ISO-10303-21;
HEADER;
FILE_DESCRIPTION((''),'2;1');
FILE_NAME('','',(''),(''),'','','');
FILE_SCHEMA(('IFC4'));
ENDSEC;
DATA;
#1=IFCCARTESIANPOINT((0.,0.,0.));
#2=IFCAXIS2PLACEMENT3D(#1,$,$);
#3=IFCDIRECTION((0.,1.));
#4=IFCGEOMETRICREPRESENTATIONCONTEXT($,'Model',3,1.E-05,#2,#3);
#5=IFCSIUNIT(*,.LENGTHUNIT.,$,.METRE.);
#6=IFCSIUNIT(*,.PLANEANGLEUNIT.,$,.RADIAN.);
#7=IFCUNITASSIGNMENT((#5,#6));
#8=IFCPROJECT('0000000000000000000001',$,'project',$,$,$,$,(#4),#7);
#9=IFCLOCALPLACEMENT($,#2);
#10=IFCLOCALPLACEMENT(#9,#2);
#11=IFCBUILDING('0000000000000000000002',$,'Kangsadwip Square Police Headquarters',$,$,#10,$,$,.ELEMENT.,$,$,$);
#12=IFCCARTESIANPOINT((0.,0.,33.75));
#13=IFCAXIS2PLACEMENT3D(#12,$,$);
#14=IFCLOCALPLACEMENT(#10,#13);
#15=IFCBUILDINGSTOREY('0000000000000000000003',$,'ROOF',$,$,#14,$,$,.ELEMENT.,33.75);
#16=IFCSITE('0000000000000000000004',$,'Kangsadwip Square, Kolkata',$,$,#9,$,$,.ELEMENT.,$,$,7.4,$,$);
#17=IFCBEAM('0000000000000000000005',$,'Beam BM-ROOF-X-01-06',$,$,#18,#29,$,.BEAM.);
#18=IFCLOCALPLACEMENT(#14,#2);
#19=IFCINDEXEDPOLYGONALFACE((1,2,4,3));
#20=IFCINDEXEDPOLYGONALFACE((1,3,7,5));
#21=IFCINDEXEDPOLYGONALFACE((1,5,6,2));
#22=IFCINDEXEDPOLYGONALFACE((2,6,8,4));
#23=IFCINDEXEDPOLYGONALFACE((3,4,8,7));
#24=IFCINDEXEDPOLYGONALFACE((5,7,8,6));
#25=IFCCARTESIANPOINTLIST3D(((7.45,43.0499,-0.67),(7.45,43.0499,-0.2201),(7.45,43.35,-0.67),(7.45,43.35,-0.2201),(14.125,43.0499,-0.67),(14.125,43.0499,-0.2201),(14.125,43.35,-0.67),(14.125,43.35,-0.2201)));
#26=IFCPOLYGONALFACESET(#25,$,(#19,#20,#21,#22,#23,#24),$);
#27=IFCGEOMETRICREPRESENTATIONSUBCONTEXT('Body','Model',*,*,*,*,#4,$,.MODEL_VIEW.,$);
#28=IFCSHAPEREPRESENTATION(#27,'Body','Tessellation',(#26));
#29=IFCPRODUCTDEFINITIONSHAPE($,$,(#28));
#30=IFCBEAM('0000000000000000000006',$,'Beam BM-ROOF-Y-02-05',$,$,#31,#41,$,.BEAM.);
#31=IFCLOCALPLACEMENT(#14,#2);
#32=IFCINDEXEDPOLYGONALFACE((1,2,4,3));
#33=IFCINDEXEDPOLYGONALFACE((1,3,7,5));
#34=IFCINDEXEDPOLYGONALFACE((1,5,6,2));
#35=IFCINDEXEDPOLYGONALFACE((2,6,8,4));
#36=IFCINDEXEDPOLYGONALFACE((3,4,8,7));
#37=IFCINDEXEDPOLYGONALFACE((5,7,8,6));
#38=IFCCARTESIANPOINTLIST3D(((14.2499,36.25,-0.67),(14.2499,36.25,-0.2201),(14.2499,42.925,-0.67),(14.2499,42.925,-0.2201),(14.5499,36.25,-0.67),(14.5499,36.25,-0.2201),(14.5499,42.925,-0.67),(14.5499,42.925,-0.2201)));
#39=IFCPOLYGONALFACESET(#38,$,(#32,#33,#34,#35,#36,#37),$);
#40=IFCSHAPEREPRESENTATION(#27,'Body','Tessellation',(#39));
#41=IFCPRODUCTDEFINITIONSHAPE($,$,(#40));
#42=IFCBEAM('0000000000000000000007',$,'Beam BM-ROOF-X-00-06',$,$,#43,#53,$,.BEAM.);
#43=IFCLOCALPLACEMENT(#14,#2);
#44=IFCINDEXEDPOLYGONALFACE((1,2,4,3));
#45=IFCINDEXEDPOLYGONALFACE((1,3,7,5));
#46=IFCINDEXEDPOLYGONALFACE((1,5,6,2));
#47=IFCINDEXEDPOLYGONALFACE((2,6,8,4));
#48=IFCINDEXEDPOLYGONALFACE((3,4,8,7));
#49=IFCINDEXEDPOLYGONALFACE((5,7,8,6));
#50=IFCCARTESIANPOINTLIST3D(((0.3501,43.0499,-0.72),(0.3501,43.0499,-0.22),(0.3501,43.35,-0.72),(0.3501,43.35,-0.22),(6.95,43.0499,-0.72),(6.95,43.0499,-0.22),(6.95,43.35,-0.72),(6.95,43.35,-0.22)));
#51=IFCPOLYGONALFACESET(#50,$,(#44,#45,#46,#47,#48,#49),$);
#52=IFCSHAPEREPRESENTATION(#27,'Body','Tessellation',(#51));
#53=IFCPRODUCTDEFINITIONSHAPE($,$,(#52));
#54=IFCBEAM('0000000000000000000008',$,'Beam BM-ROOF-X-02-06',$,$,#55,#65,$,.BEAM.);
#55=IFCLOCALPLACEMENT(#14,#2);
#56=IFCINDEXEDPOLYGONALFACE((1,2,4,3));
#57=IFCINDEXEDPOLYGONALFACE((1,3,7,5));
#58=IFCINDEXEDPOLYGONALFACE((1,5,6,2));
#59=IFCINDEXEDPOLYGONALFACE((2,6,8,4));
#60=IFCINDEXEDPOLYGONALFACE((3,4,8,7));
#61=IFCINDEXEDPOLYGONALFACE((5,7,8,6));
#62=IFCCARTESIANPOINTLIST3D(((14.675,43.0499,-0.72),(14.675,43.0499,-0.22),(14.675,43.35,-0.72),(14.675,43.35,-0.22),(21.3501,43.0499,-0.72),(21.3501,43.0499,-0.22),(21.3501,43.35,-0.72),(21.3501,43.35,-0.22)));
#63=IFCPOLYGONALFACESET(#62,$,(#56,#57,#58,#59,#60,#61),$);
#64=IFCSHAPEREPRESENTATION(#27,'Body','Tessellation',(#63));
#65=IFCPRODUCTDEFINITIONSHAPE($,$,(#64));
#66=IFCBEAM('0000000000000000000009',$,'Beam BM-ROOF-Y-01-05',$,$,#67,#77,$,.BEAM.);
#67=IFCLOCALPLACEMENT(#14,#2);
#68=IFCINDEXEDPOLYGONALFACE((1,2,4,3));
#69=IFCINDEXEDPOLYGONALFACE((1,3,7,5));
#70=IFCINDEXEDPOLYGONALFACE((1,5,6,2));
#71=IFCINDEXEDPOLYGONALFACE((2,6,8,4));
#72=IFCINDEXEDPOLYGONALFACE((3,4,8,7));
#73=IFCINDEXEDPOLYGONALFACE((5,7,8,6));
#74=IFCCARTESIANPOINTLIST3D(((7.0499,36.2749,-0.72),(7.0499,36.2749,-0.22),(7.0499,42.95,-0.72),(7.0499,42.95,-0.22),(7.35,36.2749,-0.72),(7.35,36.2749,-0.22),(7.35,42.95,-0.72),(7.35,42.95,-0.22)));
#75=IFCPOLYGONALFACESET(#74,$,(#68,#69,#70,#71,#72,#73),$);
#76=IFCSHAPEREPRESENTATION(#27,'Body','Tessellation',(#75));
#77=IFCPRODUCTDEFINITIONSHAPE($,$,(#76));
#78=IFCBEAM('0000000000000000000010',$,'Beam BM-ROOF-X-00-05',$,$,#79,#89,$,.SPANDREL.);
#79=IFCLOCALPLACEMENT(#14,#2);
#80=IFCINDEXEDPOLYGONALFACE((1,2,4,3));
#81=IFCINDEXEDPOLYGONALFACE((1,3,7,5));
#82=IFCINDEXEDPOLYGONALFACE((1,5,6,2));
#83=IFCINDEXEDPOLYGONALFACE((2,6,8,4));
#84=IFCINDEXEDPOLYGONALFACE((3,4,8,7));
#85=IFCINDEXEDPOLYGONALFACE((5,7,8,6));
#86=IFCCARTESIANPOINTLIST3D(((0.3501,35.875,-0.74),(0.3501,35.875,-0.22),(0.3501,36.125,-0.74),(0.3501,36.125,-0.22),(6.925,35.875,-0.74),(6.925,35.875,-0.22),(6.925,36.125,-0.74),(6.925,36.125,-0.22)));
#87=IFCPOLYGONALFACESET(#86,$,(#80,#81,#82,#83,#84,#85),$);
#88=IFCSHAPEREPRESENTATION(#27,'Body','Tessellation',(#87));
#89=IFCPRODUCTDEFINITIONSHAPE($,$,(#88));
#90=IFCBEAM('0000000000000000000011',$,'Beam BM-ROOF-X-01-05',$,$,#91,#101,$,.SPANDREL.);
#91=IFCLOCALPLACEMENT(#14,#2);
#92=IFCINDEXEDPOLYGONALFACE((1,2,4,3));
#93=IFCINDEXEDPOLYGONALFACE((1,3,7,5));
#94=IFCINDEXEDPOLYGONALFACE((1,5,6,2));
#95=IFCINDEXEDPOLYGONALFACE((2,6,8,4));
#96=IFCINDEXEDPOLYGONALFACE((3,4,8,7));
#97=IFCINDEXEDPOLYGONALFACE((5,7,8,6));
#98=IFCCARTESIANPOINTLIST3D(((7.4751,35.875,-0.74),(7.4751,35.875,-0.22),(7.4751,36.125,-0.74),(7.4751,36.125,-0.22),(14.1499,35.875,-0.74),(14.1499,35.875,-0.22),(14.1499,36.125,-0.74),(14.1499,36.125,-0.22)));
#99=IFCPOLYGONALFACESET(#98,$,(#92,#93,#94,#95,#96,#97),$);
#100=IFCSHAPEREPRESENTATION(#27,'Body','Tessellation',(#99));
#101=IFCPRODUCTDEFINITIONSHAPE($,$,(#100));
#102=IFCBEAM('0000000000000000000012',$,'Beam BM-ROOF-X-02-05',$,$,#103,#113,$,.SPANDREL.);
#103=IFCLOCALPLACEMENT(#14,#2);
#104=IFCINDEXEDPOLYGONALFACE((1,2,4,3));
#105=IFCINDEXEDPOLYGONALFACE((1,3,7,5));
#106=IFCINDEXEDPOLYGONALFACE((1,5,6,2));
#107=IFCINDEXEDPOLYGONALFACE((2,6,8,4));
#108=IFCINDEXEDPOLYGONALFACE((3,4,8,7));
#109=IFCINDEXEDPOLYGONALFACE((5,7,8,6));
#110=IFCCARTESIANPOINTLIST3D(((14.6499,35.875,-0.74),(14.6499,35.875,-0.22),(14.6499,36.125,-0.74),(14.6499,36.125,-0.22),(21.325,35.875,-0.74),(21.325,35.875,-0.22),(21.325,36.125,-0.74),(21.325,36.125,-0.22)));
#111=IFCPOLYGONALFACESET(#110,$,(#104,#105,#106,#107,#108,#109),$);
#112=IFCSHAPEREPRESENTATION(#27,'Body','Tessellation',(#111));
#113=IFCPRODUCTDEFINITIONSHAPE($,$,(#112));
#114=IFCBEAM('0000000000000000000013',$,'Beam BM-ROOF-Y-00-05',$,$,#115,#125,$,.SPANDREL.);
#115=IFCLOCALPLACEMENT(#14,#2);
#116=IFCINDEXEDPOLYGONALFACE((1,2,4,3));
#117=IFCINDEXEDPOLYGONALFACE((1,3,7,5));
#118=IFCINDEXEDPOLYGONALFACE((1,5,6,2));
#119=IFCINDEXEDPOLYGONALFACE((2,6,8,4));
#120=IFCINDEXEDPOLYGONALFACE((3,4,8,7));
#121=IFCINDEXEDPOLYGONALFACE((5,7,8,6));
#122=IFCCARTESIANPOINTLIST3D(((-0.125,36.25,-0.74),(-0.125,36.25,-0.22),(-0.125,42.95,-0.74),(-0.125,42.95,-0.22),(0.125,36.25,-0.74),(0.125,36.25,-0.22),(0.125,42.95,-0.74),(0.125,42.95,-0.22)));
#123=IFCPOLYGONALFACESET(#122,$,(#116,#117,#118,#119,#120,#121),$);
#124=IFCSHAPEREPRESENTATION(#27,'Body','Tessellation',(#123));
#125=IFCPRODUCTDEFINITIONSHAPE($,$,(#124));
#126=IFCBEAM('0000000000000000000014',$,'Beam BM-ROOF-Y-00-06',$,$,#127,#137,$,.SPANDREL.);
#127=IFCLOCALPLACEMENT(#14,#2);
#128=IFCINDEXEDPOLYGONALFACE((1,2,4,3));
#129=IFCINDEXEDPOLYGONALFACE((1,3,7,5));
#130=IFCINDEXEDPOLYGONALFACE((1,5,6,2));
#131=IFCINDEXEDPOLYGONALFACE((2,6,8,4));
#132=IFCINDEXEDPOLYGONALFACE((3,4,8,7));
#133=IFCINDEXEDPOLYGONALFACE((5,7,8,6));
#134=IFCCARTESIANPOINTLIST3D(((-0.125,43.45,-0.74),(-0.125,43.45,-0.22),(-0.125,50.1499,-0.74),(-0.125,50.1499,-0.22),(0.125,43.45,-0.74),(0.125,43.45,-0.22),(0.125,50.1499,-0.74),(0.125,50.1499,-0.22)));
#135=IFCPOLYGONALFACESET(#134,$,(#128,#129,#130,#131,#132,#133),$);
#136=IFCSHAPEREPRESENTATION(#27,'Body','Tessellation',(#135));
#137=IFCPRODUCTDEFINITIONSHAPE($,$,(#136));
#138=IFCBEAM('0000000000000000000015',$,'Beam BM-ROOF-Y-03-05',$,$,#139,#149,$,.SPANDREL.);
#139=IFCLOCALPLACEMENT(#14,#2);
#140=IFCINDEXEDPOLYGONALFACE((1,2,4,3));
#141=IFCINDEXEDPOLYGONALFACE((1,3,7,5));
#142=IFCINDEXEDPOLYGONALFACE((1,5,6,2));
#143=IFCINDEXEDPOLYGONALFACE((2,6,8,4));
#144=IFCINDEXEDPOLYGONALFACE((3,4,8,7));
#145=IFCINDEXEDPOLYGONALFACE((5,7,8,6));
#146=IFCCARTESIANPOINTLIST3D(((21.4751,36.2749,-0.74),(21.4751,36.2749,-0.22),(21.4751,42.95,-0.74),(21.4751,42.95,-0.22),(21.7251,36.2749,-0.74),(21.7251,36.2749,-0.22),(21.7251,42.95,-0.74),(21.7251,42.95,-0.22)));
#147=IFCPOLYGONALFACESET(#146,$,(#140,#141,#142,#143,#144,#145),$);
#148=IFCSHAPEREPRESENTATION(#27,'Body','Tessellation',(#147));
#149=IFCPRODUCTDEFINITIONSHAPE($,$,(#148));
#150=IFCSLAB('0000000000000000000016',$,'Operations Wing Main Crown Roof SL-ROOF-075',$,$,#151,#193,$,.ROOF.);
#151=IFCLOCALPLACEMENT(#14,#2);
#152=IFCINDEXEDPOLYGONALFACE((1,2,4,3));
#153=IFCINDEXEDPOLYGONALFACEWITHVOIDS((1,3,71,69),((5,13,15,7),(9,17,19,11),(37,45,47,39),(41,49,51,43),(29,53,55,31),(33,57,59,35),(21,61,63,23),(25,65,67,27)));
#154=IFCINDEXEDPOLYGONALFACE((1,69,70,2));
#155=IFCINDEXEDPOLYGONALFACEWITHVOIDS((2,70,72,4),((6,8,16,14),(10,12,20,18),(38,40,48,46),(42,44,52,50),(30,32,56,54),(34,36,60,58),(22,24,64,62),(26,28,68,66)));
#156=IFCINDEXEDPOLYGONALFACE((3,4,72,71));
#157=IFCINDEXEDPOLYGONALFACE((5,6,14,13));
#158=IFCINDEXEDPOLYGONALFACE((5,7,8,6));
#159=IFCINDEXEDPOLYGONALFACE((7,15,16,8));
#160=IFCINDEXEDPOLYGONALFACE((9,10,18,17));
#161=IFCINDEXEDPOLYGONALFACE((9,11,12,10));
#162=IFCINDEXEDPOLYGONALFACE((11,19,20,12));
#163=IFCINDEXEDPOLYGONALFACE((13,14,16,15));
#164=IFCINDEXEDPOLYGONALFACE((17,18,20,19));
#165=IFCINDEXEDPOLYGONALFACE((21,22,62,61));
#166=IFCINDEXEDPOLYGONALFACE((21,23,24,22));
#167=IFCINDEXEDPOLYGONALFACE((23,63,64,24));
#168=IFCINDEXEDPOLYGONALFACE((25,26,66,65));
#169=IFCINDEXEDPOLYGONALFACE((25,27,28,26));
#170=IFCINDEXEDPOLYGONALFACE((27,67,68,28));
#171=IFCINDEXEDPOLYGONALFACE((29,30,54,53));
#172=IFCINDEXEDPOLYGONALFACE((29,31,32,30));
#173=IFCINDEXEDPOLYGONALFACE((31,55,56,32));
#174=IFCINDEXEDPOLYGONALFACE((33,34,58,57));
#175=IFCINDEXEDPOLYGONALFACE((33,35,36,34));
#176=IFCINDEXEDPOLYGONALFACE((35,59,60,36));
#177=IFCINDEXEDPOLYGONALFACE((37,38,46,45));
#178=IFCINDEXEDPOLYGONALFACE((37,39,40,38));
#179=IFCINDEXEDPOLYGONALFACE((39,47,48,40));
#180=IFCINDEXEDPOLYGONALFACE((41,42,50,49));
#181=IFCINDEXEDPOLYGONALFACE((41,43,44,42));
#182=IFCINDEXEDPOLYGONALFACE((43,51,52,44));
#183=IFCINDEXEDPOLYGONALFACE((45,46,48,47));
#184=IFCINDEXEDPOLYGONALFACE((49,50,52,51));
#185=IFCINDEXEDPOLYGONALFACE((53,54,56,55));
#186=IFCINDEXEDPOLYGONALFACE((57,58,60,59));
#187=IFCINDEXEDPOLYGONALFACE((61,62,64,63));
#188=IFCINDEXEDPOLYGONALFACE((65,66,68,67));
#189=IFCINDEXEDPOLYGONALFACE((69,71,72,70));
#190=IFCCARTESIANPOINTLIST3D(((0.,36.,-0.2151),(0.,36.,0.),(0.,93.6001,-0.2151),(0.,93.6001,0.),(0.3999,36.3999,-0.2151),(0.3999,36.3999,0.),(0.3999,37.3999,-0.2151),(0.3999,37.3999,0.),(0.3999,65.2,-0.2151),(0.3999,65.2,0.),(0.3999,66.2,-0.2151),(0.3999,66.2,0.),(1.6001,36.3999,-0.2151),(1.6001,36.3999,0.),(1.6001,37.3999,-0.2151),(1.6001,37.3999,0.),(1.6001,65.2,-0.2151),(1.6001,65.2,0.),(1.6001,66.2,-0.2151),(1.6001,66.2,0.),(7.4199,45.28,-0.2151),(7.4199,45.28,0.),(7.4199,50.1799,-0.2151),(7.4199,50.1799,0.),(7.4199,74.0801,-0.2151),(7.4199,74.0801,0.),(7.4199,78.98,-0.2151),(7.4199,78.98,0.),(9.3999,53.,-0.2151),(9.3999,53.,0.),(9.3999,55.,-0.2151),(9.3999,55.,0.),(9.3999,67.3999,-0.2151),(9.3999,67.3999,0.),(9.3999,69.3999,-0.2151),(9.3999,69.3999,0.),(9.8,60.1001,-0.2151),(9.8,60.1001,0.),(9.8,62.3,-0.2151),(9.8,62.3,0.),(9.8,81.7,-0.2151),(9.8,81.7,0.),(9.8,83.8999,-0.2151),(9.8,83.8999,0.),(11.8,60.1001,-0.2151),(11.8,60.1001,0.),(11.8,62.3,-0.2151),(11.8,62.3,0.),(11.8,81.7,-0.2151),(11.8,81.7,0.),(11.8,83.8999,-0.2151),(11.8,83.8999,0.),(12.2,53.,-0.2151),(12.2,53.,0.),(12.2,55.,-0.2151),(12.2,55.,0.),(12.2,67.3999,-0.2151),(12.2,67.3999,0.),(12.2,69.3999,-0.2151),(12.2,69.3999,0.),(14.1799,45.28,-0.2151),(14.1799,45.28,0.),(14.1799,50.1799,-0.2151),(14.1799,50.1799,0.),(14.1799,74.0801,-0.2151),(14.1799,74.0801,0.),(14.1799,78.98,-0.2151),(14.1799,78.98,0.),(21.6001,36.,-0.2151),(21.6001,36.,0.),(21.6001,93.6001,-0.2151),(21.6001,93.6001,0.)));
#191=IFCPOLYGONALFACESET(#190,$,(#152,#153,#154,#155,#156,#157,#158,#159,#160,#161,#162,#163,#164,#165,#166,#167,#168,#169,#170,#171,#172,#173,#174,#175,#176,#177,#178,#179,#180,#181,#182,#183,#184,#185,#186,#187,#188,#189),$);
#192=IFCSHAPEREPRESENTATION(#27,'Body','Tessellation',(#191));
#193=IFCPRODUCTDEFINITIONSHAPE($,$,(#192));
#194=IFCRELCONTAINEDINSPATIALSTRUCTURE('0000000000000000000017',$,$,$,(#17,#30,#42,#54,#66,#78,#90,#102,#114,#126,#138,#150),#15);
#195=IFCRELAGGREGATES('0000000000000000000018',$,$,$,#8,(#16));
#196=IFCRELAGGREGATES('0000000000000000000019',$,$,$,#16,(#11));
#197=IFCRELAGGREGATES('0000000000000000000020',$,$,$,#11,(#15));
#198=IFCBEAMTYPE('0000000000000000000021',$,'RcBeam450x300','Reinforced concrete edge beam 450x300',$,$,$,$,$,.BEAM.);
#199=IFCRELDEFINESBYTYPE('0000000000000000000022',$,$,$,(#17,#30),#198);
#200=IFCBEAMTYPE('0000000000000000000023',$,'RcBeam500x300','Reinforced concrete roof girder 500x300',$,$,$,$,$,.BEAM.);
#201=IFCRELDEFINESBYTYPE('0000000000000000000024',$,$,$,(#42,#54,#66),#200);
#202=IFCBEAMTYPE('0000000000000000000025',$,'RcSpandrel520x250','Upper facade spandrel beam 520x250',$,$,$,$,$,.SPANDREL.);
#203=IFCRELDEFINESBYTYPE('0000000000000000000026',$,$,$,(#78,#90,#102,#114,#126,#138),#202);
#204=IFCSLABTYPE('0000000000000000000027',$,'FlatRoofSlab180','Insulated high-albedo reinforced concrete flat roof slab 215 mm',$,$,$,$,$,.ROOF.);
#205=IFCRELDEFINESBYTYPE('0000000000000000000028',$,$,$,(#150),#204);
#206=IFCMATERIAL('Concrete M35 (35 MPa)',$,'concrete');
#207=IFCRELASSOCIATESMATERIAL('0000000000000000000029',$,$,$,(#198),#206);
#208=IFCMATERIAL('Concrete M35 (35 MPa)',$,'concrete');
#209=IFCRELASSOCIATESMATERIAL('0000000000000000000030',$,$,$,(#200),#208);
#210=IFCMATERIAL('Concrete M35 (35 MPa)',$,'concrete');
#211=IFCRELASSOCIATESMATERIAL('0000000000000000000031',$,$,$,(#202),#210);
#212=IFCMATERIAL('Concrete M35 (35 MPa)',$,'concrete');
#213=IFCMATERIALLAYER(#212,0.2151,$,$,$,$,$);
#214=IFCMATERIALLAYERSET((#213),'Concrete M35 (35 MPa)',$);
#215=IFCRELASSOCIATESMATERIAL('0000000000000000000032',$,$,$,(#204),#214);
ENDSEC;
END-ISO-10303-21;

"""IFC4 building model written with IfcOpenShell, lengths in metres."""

from ifc_helpers import new_model, si_unit, direction, frame, origin, origin_2d, place, context, subcontext, project, spatial, polyline, rectangle, outline, extrude, material, layer, layer_set, material_profile, profile_set, type_object, element, save


model = new_model("IFC4")

# Units and contexts
model_context = context("Model", 3, precision=1e-05, world=origin(), true_north=direction((0.0, 1.0)))
body_context = subcontext(model_context, "Body", "Model", "MODEL_VIEW")
ifc_project = project(units=[si_unit("LENGTHUNIT", "METRE"), si_unit("PLANEANGLEUNIT", "RADIAN")], contexts=[model_context])

# Site, building, storey
site_placement = place(None, origin())
site = spatial("IfcSite", under=ifc_project, at=site_placement, Name="Kangsadwip Square, Kolkata", CompositionType="ELEMENT", RefElevation=7.4)
building_placement = place(site_placement, origin())
building = spatial("IfcBuilding", under=site, at=building_placement, Name="Kangsadwip Square Police Headquarters", CompositionType="ELEMENT")
storey_placement = place(building_placement, frame((0.0, 0.0, 33.75)))
storey = spatial("IfcBuildingStorey", under=building, at=storey_placement, Name="ROOF", CompositionType="ELEMENT", Elevation=33.75)

# Beams
ifc_material_1 = material(Name="Concrete M35 (35 MPa)", Category="concrete")
ifc_material_profile_1 = material_profile(ifc_material_1, rectangle(XDim=0.3, YDim=0.45, at=origin_2d()), Name="RC BM 450X300")
ifc_profile_set_1 = profile_set([ifc_material_profile_1], Name="Concrete M35 (35 MPa)")
beam_type_1 = type_object("IfcBeamType", Name="RcBeam450x300", Description="Reinforced concrete edge beam 450x300", PredefinedType="BEAM", material=ifc_profile_set_1)
for number, where, z_axis, x_axis, name in (
    (1, (7.45, 43.2, -0.4451), (1.0, 0.0, 0.0), (0.0, 1.0, 0.0), "Beam BM-ROOF-X-01-06"),
    (2, (14.3999, 36.25, -0.4451), (0.0, 1.0, 0.0), (-1.0, 0.0, 0.0), "Beam BM-ROOF-Y-02-05"),
):
    element("IfcBeam", number, at=place(storey_placement, frame(where, z_axis=z_axis, x_axis=x_axis)), inside=storey, type_object=beam_type_1, Name=name, PredefinedType="BEAM", context=body_context, shape_type="SweptSolid", body=[
        extrude(rectangle(XDim=0.3, YDim=0.45, at=origin_2d()), origin(), (0.0, 0.0, 1.0), 6.675),
    ])
ifc_material_2 = material(Name="Concrete M35 (35 MPa)", Category="concrete")
ifc_material_profile_2 = material_profile(ifc_material_2, rectangle(XDim=0.3, YDim=0.5, at=origin_2d()), Name="RC BM 500X300")
ifc_profile_set_2 = profile_set([ifc_material_profile_2], Name="Concrete M35 (35 MPa)")
beam_type_2 = type_object("IfcBeamType", Name="RcBeam500x300", Description="Reinforced concrete roof girder 500x300", PredefinedType="BEAM", material=ifc_profile_set_2)
beam_1_placement = place(storey_placement, frame((0.3501, 43.2, -0.47), z_axis=(1.0, 0.0, 0.0), x_axis=(0.0, 1.0, 0.0)))
element("IfcBeam", 3, at=beam_1_placement, inside=storey, type_object=beam_type_2, Name="Beam BM-ROOF-X-00-06", PredefinedType="BEAM", context=body_context, shape_type="SweptSolid", body=[
    extrude(rectangle(XDim=0.3, YDim=0.5, at=origin_2d()), origin(), (0.0, 0.0, 1.0), 6.5999),
])
for number, where, z_axis, x_axis, name in (
    (4, (14.675, 43.2, -0.47), (1.0, 0.0, 0.0), (0.0, 1.0, 0.0), "Beam BM-ROOF-X-02-06"),
    (5, (7.2, 36.2749, -0.47), (0.0, 1.0, 0.0), (-1.0, 0.0, 0.0), "Beam BM-ROOF-Y-01-05"),
):
    element("IfcBeam", number, at=place(storey_placement, frame(where, z_axis=z_axis, x_axis=x_axis)), inside=storey, type_object=beam_type_2, Name=name, PredefinedType="BEAM", context=body_context, shape_type="SweptSolid", body=[
        extrude(rectangle(XDim=0.3, YDim=0.5, at=origin_2d()), origin(), (0.0, 0.0, 1.0), 6.675),
    ])
ifc_material_3 = material(Name="Concrete M35 (35 MPa)", Category="concrete")
ifc_material_profile_3 = material_profile(ifc_material_3, rectangle(XDim=0.25, YDim=0.52, at=origin_2d()), Name="RC SPN 520X250")
ifc_profile_set_3 = profile_set([ifc_material_profile_3], Name="Concrete M35 (35 MPa)")
beam_type_3 = type_object("IfcBeamType", Name="RcSpandrel520x250", Description="Upper facade spandrel beam 520x250", PredefinedType="SPANDREL", material=ifc_profile_set_3)
beam_2_placement = place(storey_placement, frame((0.3501, 36.0, -0.48), z_axis=(1.0, 0.0, 0.0), x_axis=(0.0, 1.0, 0.0)))
element("IfcBeam", 6, at=beam_2_placement, inside=storey, type_object=beam_type_3, Name="Beam BM-ROOF-X-00-05", PredefinedType="SPANDREL", context=body_context, shape_type="SweptSolid", body=[
    extrude(rectangle(XDim=0.25, YDim=0.52, at=origin_2d()), origin(), (0.0, 0.0, 1.0), 6.575),
])
beam_3_placement = place(storey_placement, frame((7.4751, 36.0, -0.48), z_axis=(1.0, 0.0, 0.0), x_axis=(0.0, 1.0, 0.0)))
element("IfcBeam", 7, at=beam_3_placement, inside=storey, type_object=beam_type_3, Name="Beam BM-ROOF-X-01-05", PredefinedType="SPANDREL", context=body_context, shape_type="SweptSolid", body=[
    extrude(rectangle(XDim=0.25, YDim=0.52, at=origin_2d()), origin(), (0.0, 0.0, 1.0), 6.6748),
])
beam_4_placement = place(storey_placement, frame((14.6499, 36.0, -0.48), z_axis=(1.0, 0.0, 0.0), x_axis=(0.0, 1.0, 0.0)))
element("IfcBeam", 8, at=beam_4_placement, inside=storey, type_object=beam_type_3, Name="Beam BM-ROOF-X-02-05", PredefinedType="SPANDREL", context=body_context, shape_type="SweptSolid", body=[
    extrude(rectangle(XDim=0.25, YDim=0.52, at=origin_2d()), origin(), (0.0, 0.0, 1.0), 6.675),
])
for number, where, z_axis, x_axis, name in (
    (9, (0.0, 36.25, -0.48), (0.0, 1.0, 0.0), (-1.0, 0.0, 0.0), "Beam BM-ROOF-Y-00-05"),
    (10, (0.0, 43.45, -0.48), (0.0, 1.0, 0.0), (-1.0, 0.0, 0.0), "Beam BM-ROOF-Y-00-06"),
):
    element("IfcBeam", number, at=place(storey_placement, frame(where, z_axis=z_axis, x_axis=x_axis)), inside=storey, type_object=beam_type_3, Name=name, PredefinedType="SPANDREL", context=body_context, shape_type="SweptSolid", body=[
        extrude(rectangle(XDim=0.25, YDim=0.52, at=origin_2d()), origin(), (0.0, 0.0, 1.0), 6.7),
    ])
beam_5_placement = place(storey_placement, frame((21.6001, 36.2749, -0.48), z_axis=(0.0, 1.0, 0.0), x_axis=(-1.0, 0.0, 0.0)))
element("IfcBeam", 11, at=beam_5_placement, inside=storey, type_object=beam_type_3, Name="Beam BM-ROOF-Y-03-05", PredefinedType="SPANDREL", context=body_context, shape_type="SweptSolid", body=[
    extrude(rectangle(XDim=0.25, YDim=0.52, at=origin_2d()), origin(), (0.0, 0.0, 1.0), 6.675),
])

# Slab
ifc_material_4 = material(Name="Concrete M35 (35 MPa)", Category="concrete")
ifc_layer_1 = layer(ifc_material_4, 0.2151)
ifc_layer_set_1 = layer_set([ifc_layer_1], Name="Concrete M35 (35 MPa)")
slab_type_1 = type_object("IfcSlabType", Name="FlatRoofSlab180", Description="Insulated high-albedo reinforced concrete flat roof slab 215 mm", PredefinedType="ROOF", material=ifc_layer_set_1)
slab_1_placement = place(storey_placement, frame((0.0, 0.0, -0.2151)))
element("IfcSlab", 12, at=slab_1_placement, inside=storey, type_object=slab_type_1, Name="Operations Wing Main Crown Roof SL-ROOF-075", PredefinedType="ROOF", context=body_context, shape_type="SweptSolid", body=[
    extrude(outline(polyline([(0.0, 36.0), (0.0, 93.6001), (21.6001, 93.6001), (21.6001, 36.0), (0.0, 36.0)]), holes=[polyline([(0.3999, 37.3999), (0.3999, 36.3999), (1.6001, 36.3999), (1.6001, 37.3999), (0.3999, 37.3999)]), polyline([(14.1799, 50.1799), (7.4199, 50.1799), (7.4199, 45.28), (14.1799, 45.28), (14.1799, 50.1799)]), polyline([(12.2, 55.0), (9.3999, 55.0), (9.3999, 53.0), (12.2, 53.0), (12.2, 55.0)]), polyline([(11.8, 62.3), (9.8, 62.3), (9.8, 60.1001), (11.8, 60.1001), (11.8, 62.3)]), polyline([(0.3999, 66.2), (0.3999, 65.2), (1.6001, 65.2), (1.6001, 66.2), (0.3999, 66.2)]), polyline([(9.3999, 69.3999), (9.3999, 67.3999), (12.2, 67.3999), (12.2, 69.3999), (9.3999, 69.3999)]), polyline([(14.1799, 74.0801), (14.1799, 78.98), (7.4199, 78.98), (7.4199, 74.0801), (14.1799, 74.0801)]), polyline([(11.8, 83.8999), (9.8, 83.8999), (9.8, 81.7), (11.8, 81.7), (11.8, 83.8999)])]), origin(), (0.0, 0.0, 1.0), 0.2151),
])

save(model, "model.ifc")
